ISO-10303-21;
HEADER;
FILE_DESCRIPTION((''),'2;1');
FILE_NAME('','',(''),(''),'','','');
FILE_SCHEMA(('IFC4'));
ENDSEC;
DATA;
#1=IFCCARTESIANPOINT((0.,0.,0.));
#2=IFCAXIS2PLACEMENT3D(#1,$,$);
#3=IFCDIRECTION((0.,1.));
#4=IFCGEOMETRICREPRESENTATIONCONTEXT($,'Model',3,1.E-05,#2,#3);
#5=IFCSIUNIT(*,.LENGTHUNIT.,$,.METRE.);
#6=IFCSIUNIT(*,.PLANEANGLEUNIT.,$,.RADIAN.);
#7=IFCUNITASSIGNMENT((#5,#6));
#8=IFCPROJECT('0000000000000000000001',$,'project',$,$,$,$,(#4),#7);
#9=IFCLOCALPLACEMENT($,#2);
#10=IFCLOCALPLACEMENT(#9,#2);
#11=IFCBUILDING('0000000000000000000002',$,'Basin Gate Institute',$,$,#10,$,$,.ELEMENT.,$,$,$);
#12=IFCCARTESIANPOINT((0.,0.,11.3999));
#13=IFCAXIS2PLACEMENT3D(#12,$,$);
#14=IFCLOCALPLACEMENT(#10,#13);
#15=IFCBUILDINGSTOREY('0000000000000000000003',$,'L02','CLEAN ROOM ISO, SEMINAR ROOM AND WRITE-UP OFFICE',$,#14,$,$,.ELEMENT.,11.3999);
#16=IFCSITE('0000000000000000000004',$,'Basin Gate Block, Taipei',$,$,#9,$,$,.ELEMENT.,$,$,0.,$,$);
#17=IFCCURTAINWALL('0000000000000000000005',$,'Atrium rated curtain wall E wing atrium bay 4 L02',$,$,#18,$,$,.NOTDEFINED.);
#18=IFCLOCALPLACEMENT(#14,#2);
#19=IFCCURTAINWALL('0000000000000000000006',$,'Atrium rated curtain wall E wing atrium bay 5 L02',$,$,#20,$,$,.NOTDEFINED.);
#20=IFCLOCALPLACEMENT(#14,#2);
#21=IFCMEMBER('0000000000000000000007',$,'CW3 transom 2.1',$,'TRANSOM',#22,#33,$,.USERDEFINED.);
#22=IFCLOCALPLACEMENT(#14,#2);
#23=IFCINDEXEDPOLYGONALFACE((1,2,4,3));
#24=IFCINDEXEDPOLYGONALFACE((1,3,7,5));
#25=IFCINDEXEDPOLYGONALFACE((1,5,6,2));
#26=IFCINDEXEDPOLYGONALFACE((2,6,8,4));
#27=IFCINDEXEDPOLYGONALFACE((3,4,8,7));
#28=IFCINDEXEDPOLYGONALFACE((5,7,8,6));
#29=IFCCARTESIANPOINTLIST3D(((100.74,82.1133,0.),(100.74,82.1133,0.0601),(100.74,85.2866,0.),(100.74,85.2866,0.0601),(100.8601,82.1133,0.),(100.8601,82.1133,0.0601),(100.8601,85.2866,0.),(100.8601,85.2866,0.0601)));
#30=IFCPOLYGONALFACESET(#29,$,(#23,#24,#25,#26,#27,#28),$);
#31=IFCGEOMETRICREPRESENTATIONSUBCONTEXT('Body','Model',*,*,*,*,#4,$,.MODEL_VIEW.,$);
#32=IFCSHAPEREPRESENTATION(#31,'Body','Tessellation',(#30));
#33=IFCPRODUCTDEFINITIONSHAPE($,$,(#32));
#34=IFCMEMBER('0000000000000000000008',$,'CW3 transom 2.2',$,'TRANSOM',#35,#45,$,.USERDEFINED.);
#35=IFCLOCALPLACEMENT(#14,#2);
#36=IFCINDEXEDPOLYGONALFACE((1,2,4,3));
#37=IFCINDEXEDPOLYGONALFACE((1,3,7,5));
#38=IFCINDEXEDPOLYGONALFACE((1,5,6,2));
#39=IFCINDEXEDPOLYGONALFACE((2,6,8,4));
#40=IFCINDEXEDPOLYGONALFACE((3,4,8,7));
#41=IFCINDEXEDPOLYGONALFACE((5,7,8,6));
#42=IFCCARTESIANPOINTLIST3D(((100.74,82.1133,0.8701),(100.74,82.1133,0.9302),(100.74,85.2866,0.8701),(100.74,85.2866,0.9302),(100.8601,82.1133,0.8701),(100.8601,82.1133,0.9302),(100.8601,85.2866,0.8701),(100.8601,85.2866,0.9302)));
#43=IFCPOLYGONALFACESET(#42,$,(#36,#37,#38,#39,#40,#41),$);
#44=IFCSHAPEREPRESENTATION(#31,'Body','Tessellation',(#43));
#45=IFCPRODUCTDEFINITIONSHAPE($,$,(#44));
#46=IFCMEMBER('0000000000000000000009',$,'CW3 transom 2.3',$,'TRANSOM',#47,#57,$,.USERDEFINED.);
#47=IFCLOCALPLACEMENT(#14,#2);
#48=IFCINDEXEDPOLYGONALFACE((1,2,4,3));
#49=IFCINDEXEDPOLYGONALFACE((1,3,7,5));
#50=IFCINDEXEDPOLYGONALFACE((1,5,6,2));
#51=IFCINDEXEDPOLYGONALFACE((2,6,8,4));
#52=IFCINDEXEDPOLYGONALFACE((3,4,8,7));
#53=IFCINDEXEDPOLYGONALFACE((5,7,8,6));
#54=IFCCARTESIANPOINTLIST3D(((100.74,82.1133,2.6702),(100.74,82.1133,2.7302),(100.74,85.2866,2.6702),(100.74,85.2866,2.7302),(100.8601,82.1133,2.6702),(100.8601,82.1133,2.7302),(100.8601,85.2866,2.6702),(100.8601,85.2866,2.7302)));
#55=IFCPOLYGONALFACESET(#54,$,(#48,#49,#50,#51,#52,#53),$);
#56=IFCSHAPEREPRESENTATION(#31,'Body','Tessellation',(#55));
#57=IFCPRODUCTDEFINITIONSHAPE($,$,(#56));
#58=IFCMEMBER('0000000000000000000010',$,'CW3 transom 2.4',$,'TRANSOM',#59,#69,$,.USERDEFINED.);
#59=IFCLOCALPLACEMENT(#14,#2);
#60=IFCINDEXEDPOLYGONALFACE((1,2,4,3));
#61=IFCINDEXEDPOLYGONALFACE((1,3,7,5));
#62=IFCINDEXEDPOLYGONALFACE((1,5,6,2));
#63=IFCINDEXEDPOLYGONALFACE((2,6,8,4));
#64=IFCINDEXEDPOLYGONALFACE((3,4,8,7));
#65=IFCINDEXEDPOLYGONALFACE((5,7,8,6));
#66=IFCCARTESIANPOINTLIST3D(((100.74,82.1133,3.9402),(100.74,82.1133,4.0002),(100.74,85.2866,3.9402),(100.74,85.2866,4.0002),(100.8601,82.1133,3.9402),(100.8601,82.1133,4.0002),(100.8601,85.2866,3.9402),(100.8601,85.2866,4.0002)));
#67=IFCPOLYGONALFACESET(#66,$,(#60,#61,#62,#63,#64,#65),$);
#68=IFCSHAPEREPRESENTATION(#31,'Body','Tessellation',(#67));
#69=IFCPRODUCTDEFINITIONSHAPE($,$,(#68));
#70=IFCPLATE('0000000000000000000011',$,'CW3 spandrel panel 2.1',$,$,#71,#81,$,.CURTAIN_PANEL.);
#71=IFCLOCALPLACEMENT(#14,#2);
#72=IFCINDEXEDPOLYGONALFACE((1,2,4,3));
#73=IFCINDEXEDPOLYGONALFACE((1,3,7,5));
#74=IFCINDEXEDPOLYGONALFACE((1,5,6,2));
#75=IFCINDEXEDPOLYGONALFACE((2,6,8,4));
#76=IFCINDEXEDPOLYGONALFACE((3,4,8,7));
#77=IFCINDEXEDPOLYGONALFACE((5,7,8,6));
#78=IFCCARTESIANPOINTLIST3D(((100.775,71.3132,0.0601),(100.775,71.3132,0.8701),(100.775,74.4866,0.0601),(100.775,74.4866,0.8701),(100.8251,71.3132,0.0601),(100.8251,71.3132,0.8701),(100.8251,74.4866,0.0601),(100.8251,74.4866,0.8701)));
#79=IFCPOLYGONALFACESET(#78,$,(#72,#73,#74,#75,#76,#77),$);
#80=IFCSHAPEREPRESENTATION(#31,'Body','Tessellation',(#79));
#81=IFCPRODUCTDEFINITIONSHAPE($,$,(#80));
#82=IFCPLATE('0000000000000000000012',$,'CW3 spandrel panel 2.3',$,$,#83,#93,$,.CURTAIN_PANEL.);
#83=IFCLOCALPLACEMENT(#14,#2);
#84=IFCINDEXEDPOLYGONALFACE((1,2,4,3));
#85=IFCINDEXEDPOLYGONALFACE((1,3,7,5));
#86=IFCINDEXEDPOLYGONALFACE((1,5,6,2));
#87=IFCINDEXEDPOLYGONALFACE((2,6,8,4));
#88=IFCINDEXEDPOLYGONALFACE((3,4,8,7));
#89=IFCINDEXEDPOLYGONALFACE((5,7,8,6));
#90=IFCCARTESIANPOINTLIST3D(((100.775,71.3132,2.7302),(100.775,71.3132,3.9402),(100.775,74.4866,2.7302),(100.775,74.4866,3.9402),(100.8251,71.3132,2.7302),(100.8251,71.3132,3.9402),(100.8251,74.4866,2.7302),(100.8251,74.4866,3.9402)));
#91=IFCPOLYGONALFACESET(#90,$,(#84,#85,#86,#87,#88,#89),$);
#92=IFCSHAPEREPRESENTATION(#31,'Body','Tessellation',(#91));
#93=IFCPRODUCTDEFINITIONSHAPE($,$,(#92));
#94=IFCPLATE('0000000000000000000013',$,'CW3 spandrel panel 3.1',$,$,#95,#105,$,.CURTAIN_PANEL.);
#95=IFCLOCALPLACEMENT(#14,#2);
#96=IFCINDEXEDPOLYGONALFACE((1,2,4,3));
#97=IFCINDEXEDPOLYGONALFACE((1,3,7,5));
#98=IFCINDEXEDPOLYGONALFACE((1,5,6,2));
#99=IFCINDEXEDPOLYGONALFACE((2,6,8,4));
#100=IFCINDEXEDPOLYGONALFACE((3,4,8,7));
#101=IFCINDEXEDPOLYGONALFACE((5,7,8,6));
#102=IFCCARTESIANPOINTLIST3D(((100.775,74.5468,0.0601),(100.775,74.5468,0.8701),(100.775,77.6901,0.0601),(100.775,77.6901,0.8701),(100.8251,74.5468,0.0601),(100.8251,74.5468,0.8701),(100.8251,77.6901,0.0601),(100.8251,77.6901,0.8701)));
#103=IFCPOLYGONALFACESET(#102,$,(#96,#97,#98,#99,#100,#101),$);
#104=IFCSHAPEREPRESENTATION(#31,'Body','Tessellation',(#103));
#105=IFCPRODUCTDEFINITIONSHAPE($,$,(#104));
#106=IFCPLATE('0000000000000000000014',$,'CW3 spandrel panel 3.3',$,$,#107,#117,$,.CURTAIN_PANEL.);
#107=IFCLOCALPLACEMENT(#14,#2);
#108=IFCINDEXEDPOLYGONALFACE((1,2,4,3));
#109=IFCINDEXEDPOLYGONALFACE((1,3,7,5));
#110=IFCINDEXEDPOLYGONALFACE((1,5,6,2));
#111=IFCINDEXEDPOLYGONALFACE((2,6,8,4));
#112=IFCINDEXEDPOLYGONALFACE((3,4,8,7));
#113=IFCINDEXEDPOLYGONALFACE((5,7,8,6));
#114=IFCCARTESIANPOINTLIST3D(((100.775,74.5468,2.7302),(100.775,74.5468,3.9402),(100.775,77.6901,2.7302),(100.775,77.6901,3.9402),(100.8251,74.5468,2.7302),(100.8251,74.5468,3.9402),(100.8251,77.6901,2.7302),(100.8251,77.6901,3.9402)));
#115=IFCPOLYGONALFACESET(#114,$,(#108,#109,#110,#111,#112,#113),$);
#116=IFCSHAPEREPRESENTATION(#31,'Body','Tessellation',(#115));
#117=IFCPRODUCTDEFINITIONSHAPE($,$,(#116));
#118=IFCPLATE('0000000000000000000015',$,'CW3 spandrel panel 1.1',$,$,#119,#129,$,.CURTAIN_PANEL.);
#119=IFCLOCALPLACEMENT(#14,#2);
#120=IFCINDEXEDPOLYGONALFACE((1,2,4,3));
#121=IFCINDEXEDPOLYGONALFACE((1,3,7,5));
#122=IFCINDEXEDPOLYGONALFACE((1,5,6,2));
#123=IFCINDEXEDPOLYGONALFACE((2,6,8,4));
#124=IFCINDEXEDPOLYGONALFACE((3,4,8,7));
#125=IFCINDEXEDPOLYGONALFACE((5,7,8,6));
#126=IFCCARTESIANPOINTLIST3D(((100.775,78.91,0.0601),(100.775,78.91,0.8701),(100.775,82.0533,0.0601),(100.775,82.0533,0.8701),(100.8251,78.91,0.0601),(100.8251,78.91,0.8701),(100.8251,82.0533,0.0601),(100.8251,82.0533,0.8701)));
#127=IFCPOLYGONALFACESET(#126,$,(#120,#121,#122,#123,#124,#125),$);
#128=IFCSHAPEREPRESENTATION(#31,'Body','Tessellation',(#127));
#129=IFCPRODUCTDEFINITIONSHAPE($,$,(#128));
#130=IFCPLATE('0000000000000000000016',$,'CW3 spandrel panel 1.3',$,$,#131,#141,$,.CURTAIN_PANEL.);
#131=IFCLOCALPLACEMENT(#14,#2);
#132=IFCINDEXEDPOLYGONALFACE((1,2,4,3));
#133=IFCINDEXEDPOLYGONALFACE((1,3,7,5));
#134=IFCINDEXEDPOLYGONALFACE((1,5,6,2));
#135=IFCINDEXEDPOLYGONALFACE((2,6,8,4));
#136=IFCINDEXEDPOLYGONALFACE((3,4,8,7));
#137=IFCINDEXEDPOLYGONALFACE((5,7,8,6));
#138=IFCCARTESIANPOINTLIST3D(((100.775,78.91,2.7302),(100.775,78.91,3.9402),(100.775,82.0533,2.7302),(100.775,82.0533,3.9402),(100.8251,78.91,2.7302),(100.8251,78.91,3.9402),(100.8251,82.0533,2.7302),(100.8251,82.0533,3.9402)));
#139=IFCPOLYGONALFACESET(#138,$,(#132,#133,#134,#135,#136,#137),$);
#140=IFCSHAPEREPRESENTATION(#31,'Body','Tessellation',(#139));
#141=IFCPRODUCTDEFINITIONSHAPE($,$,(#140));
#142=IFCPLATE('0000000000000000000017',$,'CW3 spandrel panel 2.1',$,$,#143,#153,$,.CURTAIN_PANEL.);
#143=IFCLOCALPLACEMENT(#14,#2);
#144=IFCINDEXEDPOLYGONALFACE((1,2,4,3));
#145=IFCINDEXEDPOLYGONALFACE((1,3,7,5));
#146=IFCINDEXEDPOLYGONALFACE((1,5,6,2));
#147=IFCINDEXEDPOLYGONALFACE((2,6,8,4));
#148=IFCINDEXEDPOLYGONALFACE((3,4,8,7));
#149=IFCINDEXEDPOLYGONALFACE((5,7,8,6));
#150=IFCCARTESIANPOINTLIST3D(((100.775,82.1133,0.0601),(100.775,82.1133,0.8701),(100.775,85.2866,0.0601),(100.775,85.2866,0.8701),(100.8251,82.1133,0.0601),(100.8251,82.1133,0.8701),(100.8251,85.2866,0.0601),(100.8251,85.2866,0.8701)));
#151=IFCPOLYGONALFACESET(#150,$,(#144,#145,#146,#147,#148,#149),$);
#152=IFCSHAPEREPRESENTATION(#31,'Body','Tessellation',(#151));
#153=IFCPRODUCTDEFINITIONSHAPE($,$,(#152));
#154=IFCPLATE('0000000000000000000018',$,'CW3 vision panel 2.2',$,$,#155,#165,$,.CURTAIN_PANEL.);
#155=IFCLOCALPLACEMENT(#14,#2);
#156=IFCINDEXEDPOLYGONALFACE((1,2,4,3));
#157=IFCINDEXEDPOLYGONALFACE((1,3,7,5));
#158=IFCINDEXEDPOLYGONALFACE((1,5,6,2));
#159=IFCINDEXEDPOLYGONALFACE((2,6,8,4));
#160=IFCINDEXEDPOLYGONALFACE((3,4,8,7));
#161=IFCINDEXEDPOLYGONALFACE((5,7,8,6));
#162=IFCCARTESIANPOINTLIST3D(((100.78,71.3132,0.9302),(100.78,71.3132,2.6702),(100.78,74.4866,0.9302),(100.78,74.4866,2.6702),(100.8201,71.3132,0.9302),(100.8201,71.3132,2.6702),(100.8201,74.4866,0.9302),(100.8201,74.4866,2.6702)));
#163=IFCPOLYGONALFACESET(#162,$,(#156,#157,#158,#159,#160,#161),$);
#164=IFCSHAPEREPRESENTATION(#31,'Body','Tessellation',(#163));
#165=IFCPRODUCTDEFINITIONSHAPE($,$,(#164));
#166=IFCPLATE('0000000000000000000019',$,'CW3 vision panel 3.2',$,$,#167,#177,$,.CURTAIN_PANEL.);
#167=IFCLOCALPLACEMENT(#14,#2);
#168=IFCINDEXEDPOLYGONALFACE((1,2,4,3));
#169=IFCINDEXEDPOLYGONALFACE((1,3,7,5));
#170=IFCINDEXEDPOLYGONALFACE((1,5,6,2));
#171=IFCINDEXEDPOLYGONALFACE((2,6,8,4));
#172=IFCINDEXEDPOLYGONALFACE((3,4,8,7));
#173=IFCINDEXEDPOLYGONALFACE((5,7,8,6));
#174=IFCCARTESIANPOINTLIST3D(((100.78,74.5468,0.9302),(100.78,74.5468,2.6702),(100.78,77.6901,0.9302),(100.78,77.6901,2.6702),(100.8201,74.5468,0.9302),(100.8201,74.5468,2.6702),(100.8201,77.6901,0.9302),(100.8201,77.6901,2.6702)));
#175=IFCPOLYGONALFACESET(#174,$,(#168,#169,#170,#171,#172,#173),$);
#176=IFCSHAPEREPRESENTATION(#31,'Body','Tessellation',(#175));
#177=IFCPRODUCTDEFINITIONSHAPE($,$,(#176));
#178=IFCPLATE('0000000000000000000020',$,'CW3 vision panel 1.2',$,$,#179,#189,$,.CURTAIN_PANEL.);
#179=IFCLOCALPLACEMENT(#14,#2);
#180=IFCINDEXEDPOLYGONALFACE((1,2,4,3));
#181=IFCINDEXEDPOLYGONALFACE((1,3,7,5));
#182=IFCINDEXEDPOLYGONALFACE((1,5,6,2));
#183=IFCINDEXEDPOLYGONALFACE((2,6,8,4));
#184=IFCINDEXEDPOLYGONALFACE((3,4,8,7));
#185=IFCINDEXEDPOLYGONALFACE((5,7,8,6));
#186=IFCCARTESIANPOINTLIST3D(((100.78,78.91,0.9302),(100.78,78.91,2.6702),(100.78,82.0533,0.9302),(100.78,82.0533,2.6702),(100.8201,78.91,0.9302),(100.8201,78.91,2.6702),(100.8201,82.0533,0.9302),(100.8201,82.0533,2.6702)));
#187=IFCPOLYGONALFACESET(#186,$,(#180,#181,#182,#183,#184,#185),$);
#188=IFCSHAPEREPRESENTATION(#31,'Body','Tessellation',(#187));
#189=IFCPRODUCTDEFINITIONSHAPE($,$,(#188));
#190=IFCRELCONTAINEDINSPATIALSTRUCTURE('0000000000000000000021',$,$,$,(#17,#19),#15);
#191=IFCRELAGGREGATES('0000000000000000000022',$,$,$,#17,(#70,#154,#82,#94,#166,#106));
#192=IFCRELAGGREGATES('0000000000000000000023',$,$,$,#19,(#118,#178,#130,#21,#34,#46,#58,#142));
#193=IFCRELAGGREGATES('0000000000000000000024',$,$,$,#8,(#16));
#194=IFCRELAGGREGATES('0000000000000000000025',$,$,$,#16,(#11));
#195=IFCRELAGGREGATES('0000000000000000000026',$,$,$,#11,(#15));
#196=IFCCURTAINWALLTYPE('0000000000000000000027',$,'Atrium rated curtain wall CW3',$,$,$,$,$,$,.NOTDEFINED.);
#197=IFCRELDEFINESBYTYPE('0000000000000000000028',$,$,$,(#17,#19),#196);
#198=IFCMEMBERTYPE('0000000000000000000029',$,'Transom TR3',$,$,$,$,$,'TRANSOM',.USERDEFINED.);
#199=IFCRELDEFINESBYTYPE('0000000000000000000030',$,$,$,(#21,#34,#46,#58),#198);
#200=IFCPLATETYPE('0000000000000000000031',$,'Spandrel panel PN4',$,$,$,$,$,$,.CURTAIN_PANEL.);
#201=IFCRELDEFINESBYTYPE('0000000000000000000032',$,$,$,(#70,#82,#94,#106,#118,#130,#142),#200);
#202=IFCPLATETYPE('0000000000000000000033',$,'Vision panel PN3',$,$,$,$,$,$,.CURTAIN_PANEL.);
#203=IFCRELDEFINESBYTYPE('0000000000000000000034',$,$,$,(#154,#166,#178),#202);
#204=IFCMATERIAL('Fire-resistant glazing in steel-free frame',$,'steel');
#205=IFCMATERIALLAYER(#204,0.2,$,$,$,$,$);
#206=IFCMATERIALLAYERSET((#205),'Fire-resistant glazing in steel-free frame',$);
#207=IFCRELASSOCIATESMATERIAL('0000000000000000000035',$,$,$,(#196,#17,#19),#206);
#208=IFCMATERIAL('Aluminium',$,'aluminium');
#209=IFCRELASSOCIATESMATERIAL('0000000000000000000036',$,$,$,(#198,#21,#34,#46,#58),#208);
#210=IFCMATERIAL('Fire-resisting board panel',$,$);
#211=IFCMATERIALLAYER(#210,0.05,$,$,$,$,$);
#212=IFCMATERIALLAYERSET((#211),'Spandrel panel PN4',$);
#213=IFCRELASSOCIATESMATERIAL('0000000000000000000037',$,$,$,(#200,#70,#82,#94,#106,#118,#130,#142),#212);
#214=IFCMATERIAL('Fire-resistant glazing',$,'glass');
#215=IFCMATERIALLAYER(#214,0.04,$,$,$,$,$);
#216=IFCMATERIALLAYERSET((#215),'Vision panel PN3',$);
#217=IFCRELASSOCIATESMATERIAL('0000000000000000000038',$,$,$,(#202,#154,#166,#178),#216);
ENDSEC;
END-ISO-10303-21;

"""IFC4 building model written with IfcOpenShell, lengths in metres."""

from ifc_helpers import new_model, si_unit, direction, frame, origin, origin_2d, place, context, subcontext, project, spatial, rectangle, extrude, material, layer, layer_set, material_profile, profile_set, type_object, element, aggregate, save


model = new_model("IFC4")

# Units and contexts
model_context = context("Model", 3, precision=1e-05, world=origin(), true_north=direction((0.0, 1.0)))
body_context = subcontext(model_context, "Body", "Model", "MODEL_VIEW")
ifc_project = project(units=[si_unit("LENGTHUNIT", "METRE"), si_unit("PLANEANGLEUNIT", "RADIAN")], contexts=[model_context])

# Site, building, storey
site_placement = place(None, origin())
site = spatial("IfcSite", under=ifc_project, at=site_placement, Name="Basin Gate Block, Taipei", CompositionType="ELEMENT", RefElevation=0.0)
building_placement = place(site_placement, origin())
building = spatial("IfcBuilding", under=site, at=building_placement, Name="Basin Gate Institute", CompositionType="ELEMENT")
storey_placement = place(building_placement, frame((0.0, 0.0, 11.3999)))
storey = spatial("IfcBuildingStorey", under=building, at=storey_placement, Name="L02", Description="CLEAN ROOM ISO, SEMINAR ROOM AND WRITE-UP OFFICE", CompositionType="ELEMENT", Elevation=11.3999)

# Curtain walls
ifc_material_1 = material(Name="Fire-resistant glazing in steel-free frame", Category="steel")
ifc_layer_1 = layer(ifc_material_1, 0.2)
ifc_layer_set_1 = layer_set([ifc_layer_1], Name="Fire-resistant glazing in steel-free frame")
curtain_wall_type = type_object("IfcCurtainWallType", Name="Atrium rated curtain wall CW3", PredefinedType="NOTDEFINED", material=ifc_layer_set_1)
curtain_wall_1_placement = place(storey_placement, origin())
curtain_wall_1 = element("IfcCurtainWall", 1, at=curtain_wall_1_placement, inside=storey, type_object=curtain_wall_type, material=ifc_layer_set_1, Name="Atrium rated curtain wall E wing atrium bay 4 L02", PredefinedType="NOTDEFINED")
curtain_wall_2_placement = place(storey_placement, origin())
curtain_wall_2 = element("IfcCurtainWall", 2, at=curtain_wall_2_placement, inside=storey, type_object=curtain_wall_type, material=ifc_layer_set_1, Name="Atrium rated curtain wall E wing atrium bay 5 L02", PredefinedType="NOTDEFINED")

# Members
ifc_material_2 = material(Name="Aluminium", Category="aluminium")
ifc_material_profile_1 = material_profile(ifc_material_2, rectangle(XDim=0.1201, YDim=0.0601, at=origin_2d()), Name="Transom TR3 120 x 60")
ifc_profile_set_1 = profile_set([ifc_material_profile_1], Name="Aluminium")
member_type_1 = type_object("IfcMemberType", Name="Transom TR3", ElementType="TRANSOM", PredefinedType="USERDEFINED", material=ifc_profile_set_1)
member_1_placement = place(storey_placement, frame((100.8, 82.1133, 0.03), z_axis=(0.0, 1.0, 0.0), x_axis=(-1.0, 0.0, 0.0)))
member_1 = element("IfcMember", 3, at=member_1_placement, type_object=member_type_1, material=ifc_profile_set_1, Name="CW3 transom 2.1", ObjectType="TRANSOM", PredefinedType="USERDEFINED", context=body_context, shape_type="SweptSolid", body=[
    extrude(rectangle(XDim=0.1201, YDim=0.0601, at=origin_2d()), origin(), (0.0, 0.0, 1.0), 3.1733),
])
member_2_placement = place(storey_placement, frame((100.8, 82.1133, 0.9001), z_axis=(0.0, 1.0, 0.0), x_axis=(-1.0, 0.0, 0.0)))
member_2 = element("IfcMember", 4, at=member_2_placement, type_object=member_type_1, material=ifc_profile_set_1, Name="CW3 transom 2.2", ObjectType="TRANSOM", PredefinedType="USERDEFINED", context=body_context, shape_type="SweptSolid", body=[
    extrude(rectangle(XDim=0.1201, YDim=0.0601, at=origin_2d()), origin(), (0.0, 0.0, 1.0), 3.1733),
])
member_3_placement = place(storey_placement, frame((100.8, 82.1133, 2.7002), z_axis=(0.0, 1.0, 0.0), x_axis=(-1.0, 0.0, 0.0)))
member_3 = element("IfcMember", 5, at=member_3_placement, type_object=member_type_1, material=ifc_profile_set_1, Name="CW3 transom 2.3", ObjectType="TRANSOM", PredefinedType="USERDEFINED", context=body_context, shape_type="SweptSolid", body=[
    extrude(rectangle(XDim=0.1201, YDim=0.0601, at=origin_2d()), origin(), (0.0, 0.0, 1.0), 3.1733),
])
member_4_placement = place(storey_placement, frame((100.8, 82.1133, 3.9702), z_axis=(0.0, 1.0, 0.0), x_axis=(-1.0, 0.0, 0.0)))
member_4 = element("IfcMember", 6, at=member_4_placement, type_object=member_type_1, material=ifc_profile_set_1, Name="CW3 transom 2.4", ObjectType="TRANSOM", PredefinedType="USERDEFINED", context=body_context, shape_type="SweptSolid", body=[
    extrude(rectangle(XDim=0.1201, YDim=0.0601, at=origin_2d()), origin(), (0.0, 0.0, 1.0), 3.1733),
])

# Plates
ifc_material_3 = material(Name="Fire-resisting board panel")
ifc_layer_2 = layer(ifc_material_3, 0.05)
ifc_layer_set_2 = layer_set([ifc_layer_2], Name="Spandrel panel PN4")
plate_type_1 = type_object("IfcPlateType", Name="Spandrel panel PN4", PredefinedType="CURTAIN_PANEL", material=ifc_layer_set_2)
plate_1_placement = place(storey_placement, frame((100.8, 72.8999, 0.0601), z_axis=(0.0, 0.0, 1.0), x_axis=(0.0, 1.0, 0.0)))
plate_1 = element("IfcPlate", 7, at=plate_1_placement, type_object=plate_type_1, material=ifc_layer_set_2, Name="CW3 spandrel panel 2.1", PredefinedType="CURTAIN_PANEL", context=body_context, shape_type="SweptSolid", body=[
    extrude(rectangle(XDim=3.1733, YDim=0.05, at=origin_2d()), origin(), (0.0, 0.0, 1.0), 0.8101),
])
plate_2_placement = place(storey_placement, frame((100.8, 72.8999, 2.7302), z_axis=(0.0, 0.0, 1.0), x_axis=(0.0, 1.0, 0.0)))
plate_2 = element("IfcPlate", 8, at=plate_2_placement, type_object=plate_type_1, material=ifc_layer_set_2, Name="CW3 spandrel panel 2.3", PredefinedType="CURTAIN_PANEL", context=body_context, shape_type="SweptSolid", body=[
    extrude(rectangle(XDim=3.1733, YDim=0.05, at=origin_2d()), origin(), (0.0, 0.0, 1.0), 1.21),
])
plate_3_placement = place(storey_placement, frame((100.8, 76.1184, 0.0601), z_axis=(0.0, 0.0, 1.0), x_axis=(0.0, 1.0, 0.0)))
plate_3 = element("IfcPlate", 9, at=plate_3_placement, type_object=plate_type_1, material=ifc_layer_set_2, Name="CW3 spandrel panel 3.1", PredefinedType="CURTAIN_PANEL", context=body_context, shape_type="SweptSolid", body=[
    extrude(rectangle(XDim=3.1433, YDim=0.05, at=origin_2d()), origin(), (0.0, 0.0, 1.0), 0.8101),
])
plate_4_placement = place(storey_placement, frame((100.8, 76.1184, 2.7302), z_axis=(0.0, 0.0, 1.0), x_axis=(0.0, 1.0, 0.0)))
plate_4 = element("IfcPlate", 10, at=plate_4_placement, type_object=plate_type_1, material=ifc_layer_set_2, Name="CW3 spandrel panel 3.3", PredefinedType="CURTAIN_PANEL", context=body_context, shape_type="SweptSolid", body=[
    extrude(rectangle(XDim=3.1433, YDim=0.05, at=origin_2d()), origin(), (0.0, 0.0, 1.0), 1.21),
])
plate_5_placement = place(storey_placement, frame((100.8, 80.4817, 0.0601), z_axis=(0.0, 0.0, 1.0), x_axis=(0.0, 1.0, 0.0)))
plate_5 = element("IfcPlate", 11, at=plate_5_placement, type_object=plate_type_1, material=ifc_layer_set_2, Name="CW3 spandrel panel 1.1", PredefinedType="CURTAIN_PANEL", context=body_context, shape_type="SweptSolid", body=[
    extrude(rectangle(XDim=3.1433, YDim=0.05, at=origin_2d()), origin(), (0.0, 0.0, 1.0), 0.8101),
])
plate_6_placement = place(storey_placement, frame((100.8, 80.4817, 2.7302), z_axis=(0.0, 0.0, 1.0), x_axis=(0.0, 1.0, 0.0)))
plate_6 = element("IfcPlate", 12, at=plate_6_placement, type_object=plate_type_1, material=ifc_layer_set_2, Name="CW3 spandrel panel 1.3", PredefinedType="CURTAIN_PANEL", context=body_context, shape_type="SweptSolid", body=[
    extrude(rectangle(XDim=3.1433, YDim=0.05, at=origin_2d()), origin(), (0.0, 0.0, 1.0), 1.21),
])
plate_7_placement = place(storey_placement, frame((100.8, 83.7, 0.0601), z_axis=(0.0, 0.0, 1.0), x_axis=(0.0, 1.0, 0.0)))
plate_7 = element("IfcPlate", 13, at=plate_7_placement, type_object=plate_type_1, material=ifc_layer_set_2, Name="CW3 spandrel panel 2.1", PredefinedType="CURTAIN_PANEL", context=body_context, shape_type="SweptSolid", body=[
    extrude(rectangle(XDim=3.1733, YDim=0.05, at=origin_2d()), origin(), (0.0, 0.0, 1.0), 0.8101),
])
ifc_material_4 = material(Name="Fire-resistant glazing", Category="glass")
ifc_layer_3 = layer(ifc_material_4, 0.04)
ifc_layer_set_3 = layer_set([ifc_layer_3], Name="Vision panel PN3")
plate_type_2 = type_object("IfcPlateType", Name="Vision panel PN3", PredefinedType="CURTAIN_PANEL", material=ifc_layer_set_3)
plate_8_placement = place(storey_placement, frame((100.8, 72.8999, 0.9302), z_axis=(0.0, 0.0, 1.0), x_axis=(0.0, 1.0, 0.0)))
plate_8 = element("IfcPlate", 14, at=plate_8_placement, type_object=plate_type_2, material=ifc_layer_set_3, Name="CW3 vision panel 2.2", PredefinedType="CURTAIN_PANEL", context=body_context, shape_type="SweptSolid", body=[
    extrude(rectangle(XDim=3.1733, YDim=0.04, at=origin_2d()), origin(), (0.0, 0.0, 1.0), 1.74),
])
plate_9_placement = place(storey_placement, frame((100.8, 76.1184, 0.9302), z_axis=(0.0, 0.0, 1.0), x_axis=(0.0, 1.0, 0.0)))
plate_9 = element("IfcPlate", 15, at=plate_9_placement, type_object=plate_type_2, material=ifc_layer_set_3, Name="CW3 vision panel 3.2", PredefinedType="CURTAIN_PANEL", context=body_context, shape_type="SweptSolid", body=[
    extrude(rectangle(XDim=3.1433, YDim=0.04, at=origin_2d()), origin(), (0.0, 0.0, 1.0), 1.74),
])
aggregate(curtain_wall_1, [plate_1, plate_8, plate_2, plate_3, plate_9, plate_4])
plate_10_placement = place(storey_placement, frame((100.8, 80.4817, 0.9302), z_axis=(0.0, 0.0, 1.0), x_axis=(0.0, 1.0, 0.0)))
plate_10 = element("IfcPlate", 16, at=plate_10_placement, type_object=plate_type_2, material=ifc_layer_set_3, Name="CW3 vision panel 1.2", PredefinedType="CURTAIN_PANEL", context=body_context, shape_type="SweptSolid", body=[
    extrude(rectangle(XDim=3.1433, YDim=0.04, at=origin_2d()), origin(), (0.0, 0.0, 1.0), 1.74),
])
aggregate(curtain_wall_2, [plate_5, plate_10, plate_6, member_1, member_2, member_3, member_4, plate_7])

save(model, "model.ifc")
